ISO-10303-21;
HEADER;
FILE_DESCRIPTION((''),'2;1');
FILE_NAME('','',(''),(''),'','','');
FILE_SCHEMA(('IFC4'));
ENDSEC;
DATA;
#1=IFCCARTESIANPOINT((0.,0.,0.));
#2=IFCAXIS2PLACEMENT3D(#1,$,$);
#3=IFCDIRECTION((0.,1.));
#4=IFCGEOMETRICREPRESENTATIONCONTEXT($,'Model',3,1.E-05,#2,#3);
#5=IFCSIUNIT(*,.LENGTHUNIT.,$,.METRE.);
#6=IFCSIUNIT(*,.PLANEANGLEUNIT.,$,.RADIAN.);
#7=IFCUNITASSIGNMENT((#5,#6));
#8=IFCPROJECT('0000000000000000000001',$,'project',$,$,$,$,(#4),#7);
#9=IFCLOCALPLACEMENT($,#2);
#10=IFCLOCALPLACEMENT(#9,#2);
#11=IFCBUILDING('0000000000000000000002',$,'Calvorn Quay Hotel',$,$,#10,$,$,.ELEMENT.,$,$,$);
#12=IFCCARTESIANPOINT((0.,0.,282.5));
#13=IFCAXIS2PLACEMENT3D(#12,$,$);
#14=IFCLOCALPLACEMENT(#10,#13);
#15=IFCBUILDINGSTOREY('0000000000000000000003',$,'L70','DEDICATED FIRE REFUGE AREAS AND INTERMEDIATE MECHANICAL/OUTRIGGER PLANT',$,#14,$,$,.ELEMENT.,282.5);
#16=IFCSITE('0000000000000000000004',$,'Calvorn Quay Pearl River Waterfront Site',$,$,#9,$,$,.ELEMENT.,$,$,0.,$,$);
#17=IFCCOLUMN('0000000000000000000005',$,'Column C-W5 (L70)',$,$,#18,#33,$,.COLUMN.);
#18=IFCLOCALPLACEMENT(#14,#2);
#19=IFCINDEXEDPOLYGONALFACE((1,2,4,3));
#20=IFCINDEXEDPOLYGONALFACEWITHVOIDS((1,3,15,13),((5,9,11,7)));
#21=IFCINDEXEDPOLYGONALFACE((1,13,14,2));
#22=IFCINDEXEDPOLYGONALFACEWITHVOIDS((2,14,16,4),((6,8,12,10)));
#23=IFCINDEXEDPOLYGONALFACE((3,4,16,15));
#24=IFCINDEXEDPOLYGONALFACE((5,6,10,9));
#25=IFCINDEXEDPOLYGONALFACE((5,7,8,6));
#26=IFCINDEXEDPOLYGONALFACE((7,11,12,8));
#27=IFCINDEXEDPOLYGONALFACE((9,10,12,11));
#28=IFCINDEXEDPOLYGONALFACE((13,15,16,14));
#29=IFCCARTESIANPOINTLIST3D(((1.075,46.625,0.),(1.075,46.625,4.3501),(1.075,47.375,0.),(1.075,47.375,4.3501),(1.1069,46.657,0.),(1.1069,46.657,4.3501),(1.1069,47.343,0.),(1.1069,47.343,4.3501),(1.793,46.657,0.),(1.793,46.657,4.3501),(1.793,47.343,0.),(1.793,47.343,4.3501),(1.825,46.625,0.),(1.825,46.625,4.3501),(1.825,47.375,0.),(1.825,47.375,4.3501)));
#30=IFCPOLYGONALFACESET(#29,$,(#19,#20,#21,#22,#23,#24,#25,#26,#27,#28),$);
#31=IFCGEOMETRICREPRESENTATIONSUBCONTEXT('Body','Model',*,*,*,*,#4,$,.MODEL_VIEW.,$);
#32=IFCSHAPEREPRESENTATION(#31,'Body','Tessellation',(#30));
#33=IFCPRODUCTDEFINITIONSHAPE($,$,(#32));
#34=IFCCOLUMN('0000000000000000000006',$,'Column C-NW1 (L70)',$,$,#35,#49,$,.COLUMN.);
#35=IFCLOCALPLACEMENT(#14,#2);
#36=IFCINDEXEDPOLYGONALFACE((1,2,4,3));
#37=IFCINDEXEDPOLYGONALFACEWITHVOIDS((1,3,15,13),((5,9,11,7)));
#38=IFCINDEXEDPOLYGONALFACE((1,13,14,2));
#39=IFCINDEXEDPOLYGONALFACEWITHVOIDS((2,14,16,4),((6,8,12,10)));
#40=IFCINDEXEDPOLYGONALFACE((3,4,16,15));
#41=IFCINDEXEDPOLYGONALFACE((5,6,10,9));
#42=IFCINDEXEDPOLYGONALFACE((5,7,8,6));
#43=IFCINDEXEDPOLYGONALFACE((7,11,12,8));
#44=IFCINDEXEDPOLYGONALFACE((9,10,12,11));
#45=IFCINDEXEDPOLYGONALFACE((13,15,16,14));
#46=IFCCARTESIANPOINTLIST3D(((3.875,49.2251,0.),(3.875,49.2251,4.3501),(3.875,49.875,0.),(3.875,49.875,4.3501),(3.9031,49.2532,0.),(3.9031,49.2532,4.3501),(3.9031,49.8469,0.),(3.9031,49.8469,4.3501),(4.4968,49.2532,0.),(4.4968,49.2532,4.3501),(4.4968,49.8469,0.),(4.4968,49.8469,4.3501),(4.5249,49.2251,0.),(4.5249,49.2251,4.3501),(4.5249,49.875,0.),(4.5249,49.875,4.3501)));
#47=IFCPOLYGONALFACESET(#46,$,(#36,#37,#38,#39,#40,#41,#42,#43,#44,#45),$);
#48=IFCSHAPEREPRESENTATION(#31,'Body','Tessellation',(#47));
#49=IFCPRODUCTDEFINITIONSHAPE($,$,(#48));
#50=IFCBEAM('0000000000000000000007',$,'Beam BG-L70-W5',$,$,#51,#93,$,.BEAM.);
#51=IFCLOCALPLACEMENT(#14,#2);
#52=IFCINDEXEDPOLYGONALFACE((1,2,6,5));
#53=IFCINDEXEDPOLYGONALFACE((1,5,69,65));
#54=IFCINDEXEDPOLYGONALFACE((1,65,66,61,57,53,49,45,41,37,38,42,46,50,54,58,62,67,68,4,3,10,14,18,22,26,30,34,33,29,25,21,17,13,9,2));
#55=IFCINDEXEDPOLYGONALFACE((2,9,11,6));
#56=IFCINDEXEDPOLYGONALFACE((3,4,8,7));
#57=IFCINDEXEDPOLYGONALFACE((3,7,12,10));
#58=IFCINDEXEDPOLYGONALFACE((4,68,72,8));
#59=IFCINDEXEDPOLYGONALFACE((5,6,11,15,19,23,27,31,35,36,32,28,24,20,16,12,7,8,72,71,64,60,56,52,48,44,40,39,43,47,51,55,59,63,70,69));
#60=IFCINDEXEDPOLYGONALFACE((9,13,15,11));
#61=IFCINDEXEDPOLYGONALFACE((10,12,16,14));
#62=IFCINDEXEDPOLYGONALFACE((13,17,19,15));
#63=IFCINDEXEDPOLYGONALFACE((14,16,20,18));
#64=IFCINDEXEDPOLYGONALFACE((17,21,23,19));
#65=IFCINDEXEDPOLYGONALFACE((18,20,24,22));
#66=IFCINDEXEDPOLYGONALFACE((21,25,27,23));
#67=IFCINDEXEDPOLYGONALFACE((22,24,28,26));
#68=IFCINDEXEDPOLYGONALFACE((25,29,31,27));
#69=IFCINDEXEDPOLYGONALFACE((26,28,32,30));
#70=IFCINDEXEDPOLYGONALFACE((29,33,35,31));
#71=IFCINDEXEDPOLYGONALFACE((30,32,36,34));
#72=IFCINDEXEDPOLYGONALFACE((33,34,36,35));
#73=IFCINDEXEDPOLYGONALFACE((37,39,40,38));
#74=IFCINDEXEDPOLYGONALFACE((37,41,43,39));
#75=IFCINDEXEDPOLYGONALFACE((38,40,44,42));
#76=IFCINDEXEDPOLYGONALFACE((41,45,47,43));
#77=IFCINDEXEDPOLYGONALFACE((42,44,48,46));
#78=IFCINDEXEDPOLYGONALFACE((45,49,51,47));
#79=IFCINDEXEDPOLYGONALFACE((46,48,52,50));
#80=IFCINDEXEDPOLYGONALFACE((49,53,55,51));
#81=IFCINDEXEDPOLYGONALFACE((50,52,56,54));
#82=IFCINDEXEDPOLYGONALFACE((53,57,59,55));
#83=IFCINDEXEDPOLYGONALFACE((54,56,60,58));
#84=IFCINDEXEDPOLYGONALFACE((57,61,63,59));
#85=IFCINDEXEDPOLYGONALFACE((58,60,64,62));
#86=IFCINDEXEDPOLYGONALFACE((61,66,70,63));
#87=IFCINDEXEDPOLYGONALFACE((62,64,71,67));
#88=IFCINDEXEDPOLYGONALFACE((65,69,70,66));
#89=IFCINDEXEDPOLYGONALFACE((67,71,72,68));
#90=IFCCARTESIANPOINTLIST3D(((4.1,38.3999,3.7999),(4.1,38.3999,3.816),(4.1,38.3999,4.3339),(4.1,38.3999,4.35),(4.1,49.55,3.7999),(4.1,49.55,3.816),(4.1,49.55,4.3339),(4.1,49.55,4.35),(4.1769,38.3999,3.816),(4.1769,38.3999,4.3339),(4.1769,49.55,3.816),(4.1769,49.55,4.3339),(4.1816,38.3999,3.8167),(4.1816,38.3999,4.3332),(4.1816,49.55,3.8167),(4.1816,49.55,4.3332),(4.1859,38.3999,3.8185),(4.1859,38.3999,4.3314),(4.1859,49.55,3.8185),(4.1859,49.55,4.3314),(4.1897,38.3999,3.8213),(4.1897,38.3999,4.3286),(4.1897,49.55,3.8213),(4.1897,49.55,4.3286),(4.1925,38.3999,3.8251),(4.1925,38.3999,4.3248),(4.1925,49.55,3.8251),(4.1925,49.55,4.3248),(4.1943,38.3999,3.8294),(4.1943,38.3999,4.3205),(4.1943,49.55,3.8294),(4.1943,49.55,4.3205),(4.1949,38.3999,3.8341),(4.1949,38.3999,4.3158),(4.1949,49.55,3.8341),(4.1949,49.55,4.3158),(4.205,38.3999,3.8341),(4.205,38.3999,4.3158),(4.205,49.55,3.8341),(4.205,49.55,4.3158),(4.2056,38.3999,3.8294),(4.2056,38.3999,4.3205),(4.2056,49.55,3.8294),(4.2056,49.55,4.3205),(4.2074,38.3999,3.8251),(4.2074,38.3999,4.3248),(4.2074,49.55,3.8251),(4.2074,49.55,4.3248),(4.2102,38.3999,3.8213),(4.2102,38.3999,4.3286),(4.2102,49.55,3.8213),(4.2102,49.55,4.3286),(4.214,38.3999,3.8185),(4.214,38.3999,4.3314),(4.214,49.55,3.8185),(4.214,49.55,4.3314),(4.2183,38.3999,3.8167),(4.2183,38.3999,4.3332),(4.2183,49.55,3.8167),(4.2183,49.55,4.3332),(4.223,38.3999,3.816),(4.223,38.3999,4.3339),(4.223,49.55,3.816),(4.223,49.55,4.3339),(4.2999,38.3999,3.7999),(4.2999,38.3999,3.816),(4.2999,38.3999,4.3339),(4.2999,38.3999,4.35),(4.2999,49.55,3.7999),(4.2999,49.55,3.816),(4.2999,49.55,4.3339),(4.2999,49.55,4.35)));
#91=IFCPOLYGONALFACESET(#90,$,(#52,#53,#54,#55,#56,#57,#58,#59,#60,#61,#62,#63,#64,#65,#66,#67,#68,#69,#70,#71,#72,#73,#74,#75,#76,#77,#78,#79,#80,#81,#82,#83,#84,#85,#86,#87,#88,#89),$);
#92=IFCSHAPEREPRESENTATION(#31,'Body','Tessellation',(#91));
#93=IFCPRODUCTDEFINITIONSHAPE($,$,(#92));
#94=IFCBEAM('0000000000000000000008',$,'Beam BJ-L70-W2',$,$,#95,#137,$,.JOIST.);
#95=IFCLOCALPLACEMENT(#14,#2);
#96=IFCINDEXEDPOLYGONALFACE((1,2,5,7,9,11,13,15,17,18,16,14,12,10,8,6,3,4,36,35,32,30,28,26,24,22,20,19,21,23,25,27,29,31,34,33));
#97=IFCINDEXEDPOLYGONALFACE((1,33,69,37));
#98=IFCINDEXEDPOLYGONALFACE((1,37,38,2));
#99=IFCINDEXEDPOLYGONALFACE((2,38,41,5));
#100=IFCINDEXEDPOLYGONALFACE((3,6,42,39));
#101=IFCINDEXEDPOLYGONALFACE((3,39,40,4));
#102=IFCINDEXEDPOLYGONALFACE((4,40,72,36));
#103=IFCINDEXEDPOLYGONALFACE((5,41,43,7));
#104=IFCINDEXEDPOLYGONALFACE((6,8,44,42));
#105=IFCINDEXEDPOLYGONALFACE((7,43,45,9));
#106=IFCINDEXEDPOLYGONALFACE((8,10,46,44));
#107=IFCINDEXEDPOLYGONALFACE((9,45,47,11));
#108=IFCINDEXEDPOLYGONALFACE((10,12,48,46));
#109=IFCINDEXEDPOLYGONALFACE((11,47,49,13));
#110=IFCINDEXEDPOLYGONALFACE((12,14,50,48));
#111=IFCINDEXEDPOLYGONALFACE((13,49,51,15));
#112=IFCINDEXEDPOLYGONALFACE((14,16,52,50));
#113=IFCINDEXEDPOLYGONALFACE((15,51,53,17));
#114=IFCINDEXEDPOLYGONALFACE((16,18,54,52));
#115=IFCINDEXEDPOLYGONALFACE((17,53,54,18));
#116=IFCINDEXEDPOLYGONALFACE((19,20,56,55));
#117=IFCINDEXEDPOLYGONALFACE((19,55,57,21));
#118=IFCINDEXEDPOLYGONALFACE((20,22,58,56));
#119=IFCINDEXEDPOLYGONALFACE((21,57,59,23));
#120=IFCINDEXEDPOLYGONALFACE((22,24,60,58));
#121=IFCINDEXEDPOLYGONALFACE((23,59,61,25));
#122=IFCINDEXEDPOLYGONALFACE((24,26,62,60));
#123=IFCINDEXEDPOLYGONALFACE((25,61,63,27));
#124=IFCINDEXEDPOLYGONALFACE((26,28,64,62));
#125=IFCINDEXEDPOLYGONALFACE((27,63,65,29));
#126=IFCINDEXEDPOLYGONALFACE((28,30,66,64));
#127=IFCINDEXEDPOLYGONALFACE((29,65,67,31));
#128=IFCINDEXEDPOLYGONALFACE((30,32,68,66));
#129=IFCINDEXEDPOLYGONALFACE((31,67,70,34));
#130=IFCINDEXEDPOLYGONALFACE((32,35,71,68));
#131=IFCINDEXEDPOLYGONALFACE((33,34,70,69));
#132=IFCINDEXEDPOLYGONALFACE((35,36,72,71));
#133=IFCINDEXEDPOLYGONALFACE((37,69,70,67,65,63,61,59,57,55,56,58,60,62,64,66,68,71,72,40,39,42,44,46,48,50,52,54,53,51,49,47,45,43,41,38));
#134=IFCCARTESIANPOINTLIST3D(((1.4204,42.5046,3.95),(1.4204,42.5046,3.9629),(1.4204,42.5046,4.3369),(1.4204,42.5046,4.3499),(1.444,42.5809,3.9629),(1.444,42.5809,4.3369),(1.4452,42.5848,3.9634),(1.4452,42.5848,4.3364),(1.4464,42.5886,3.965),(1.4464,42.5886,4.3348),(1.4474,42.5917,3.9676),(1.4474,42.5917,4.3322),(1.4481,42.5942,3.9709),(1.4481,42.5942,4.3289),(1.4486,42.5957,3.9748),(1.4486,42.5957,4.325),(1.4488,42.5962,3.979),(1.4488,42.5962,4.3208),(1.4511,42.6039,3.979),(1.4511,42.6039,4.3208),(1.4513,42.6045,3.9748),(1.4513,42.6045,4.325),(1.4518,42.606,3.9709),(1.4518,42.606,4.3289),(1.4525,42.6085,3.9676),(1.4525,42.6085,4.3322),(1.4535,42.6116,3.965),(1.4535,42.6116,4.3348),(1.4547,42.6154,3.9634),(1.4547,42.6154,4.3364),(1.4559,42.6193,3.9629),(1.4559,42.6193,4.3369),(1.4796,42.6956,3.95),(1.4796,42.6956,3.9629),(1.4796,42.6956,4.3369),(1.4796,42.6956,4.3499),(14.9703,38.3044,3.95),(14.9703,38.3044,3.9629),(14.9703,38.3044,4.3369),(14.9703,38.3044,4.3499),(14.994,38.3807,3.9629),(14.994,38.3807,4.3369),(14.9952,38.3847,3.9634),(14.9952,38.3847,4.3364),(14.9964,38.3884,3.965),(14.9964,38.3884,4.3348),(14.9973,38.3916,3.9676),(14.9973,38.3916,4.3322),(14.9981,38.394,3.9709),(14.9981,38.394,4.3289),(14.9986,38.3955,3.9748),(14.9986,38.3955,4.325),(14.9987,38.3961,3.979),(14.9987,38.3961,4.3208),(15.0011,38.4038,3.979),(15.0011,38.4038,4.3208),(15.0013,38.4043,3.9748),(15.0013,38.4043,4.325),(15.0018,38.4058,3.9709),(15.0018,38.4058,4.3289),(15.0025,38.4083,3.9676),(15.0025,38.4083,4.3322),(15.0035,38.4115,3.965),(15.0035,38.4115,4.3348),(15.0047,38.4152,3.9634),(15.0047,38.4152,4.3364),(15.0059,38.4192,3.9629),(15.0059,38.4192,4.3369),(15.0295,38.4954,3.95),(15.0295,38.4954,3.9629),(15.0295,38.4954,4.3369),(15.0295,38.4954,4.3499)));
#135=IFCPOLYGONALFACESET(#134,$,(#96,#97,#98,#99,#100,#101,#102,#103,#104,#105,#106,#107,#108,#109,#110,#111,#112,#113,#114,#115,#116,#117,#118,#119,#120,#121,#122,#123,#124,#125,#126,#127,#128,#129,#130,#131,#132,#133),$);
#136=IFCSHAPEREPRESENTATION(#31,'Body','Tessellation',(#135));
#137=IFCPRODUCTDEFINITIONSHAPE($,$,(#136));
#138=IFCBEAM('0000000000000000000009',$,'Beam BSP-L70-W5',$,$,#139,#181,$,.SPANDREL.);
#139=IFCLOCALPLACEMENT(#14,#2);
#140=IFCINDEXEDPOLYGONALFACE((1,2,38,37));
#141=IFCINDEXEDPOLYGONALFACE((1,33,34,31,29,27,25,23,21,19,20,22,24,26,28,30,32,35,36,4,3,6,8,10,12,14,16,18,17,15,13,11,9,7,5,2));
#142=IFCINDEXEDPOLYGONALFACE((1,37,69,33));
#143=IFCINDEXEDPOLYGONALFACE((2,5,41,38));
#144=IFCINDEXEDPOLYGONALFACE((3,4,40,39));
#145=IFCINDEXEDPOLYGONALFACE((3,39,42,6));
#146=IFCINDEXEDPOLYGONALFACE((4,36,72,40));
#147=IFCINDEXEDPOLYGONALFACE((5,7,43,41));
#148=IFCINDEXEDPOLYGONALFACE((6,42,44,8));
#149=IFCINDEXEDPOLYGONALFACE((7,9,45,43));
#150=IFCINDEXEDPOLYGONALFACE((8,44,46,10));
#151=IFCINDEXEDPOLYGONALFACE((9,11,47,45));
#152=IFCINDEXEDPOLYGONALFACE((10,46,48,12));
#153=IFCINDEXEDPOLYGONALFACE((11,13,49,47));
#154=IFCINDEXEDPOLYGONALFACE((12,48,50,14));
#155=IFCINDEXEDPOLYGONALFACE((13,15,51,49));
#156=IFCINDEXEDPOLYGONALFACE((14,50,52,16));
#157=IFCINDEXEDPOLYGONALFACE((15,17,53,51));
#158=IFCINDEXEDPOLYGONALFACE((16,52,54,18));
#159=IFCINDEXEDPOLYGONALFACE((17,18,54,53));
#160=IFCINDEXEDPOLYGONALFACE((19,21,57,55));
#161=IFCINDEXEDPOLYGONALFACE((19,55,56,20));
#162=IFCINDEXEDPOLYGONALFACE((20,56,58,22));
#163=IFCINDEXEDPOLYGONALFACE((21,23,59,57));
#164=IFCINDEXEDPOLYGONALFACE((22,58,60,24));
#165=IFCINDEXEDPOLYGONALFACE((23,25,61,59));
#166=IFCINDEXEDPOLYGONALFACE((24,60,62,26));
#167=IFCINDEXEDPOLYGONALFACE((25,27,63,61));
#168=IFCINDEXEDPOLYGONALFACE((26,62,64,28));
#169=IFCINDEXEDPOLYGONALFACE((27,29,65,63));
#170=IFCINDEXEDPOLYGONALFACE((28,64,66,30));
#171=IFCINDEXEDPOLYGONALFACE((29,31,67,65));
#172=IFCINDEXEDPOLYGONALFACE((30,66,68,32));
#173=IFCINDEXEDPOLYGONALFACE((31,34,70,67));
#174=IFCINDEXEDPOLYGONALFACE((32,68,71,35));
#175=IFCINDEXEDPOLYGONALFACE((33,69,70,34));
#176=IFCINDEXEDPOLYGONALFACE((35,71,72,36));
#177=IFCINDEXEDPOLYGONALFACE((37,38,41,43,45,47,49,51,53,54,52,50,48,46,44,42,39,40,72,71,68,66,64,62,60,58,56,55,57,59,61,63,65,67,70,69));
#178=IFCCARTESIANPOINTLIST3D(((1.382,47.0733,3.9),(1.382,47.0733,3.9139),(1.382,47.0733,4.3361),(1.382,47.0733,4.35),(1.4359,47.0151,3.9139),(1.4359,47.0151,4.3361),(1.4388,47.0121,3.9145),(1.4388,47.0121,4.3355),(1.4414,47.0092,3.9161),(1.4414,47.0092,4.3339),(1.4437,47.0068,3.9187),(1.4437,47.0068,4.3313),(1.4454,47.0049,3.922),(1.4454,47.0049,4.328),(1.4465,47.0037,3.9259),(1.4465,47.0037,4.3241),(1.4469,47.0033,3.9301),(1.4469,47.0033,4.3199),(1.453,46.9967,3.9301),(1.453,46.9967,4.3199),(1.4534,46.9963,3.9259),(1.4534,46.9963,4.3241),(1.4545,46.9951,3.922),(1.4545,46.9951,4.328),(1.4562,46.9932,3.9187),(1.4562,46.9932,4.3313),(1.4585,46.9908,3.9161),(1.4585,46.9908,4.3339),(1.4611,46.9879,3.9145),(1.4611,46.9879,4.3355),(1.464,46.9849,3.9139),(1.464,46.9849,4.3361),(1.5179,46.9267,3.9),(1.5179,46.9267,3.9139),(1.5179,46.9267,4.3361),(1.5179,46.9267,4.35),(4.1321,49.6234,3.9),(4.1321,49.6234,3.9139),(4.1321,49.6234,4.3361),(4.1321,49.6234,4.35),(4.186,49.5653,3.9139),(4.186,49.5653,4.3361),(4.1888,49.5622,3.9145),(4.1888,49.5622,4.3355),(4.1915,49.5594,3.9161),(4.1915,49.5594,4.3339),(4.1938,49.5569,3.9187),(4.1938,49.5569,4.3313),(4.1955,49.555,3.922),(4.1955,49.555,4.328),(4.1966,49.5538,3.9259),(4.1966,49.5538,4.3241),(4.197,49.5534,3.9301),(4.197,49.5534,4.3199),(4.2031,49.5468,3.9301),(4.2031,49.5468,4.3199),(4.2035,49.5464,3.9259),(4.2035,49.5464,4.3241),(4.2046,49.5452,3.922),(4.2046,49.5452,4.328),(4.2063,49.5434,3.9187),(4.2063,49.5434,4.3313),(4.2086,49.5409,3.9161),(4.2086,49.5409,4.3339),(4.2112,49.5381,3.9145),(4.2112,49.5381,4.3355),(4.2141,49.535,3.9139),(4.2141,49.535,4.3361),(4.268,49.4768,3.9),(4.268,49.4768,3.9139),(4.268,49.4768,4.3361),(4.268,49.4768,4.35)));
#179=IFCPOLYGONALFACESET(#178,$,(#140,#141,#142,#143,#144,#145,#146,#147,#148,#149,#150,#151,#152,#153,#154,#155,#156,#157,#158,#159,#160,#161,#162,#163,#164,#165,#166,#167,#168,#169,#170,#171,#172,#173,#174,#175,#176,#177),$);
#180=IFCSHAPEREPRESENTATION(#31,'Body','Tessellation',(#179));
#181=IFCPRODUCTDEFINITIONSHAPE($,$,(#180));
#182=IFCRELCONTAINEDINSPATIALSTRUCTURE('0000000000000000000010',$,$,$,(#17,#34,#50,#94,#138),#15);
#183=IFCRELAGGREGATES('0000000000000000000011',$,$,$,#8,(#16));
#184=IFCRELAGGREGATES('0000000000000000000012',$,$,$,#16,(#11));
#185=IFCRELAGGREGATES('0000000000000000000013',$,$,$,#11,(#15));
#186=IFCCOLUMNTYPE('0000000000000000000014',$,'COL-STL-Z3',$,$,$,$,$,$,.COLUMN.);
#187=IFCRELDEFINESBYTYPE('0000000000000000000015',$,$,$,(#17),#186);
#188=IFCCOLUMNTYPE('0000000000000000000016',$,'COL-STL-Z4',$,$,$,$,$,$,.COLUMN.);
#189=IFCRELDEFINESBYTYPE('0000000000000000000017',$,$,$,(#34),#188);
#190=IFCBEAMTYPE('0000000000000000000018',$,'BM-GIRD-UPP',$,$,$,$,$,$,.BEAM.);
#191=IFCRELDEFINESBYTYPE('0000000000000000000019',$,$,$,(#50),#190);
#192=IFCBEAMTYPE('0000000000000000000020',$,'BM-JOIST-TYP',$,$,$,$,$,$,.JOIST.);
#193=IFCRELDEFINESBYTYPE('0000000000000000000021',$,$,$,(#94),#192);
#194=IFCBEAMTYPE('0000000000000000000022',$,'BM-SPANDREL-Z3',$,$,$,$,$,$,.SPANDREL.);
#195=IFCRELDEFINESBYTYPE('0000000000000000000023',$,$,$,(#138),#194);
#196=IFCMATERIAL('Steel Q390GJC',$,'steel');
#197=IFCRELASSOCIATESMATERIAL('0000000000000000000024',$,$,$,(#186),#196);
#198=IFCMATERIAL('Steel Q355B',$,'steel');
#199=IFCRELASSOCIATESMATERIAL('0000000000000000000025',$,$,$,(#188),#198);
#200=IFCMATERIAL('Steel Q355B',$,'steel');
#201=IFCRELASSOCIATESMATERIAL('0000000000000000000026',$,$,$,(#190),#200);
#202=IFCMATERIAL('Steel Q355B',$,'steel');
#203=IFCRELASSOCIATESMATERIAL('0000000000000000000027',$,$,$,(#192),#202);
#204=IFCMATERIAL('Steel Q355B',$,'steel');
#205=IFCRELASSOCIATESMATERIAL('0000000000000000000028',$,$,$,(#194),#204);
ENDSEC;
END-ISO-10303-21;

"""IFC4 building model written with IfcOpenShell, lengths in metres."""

from ifc_helpers import new_model, si_unit, direction, frame, origin, origin_2d, place, context, subcontext, project, spatial, hollow_rectangle, i_section, extrude, material, material_profile, profile_set, type_object, element, save


model = new_model("IFC4")

# Units and contexts
model_context = context("Model", 3, precision=1e-05, world=origin(), true_north=direction((0.0, 1.0)))
body_context = subcontext(model_context, "Body", "Model", "MODEL_VIEW")
ifc_project = project(units=[si_unit("LENGTHUNIT", "METRE"), si_unit("PLANEANGLEUNIT", "RADIAN")], contexts=[model_context])

# Site, building, storey
site_placement = place(None, origin())
site = spatial("IfcSite", under=ifc_project, at=site_placement, Name="Calvorn Quay Pearl River Waterfront Site", CompositionType="ELEMENT", RefElevation=0.0)
building_placement = place(site_placement, origin())
building = spatial("IfcBuilding", under=site, at=building_placement, Name="Calvorn Quay Hotel", CompositionType="ELEMENT")
storey_placement = place(building_placement, frame((0.0, 0.0, 282.5)))
storey = spatial("IfcBuildingStorey", under=building, at=storey_placement, Name="L70", Description="DEDICATED FIRE REFUGE AREAS AND INTERMEDIATE MECHANICAL/OUTRIGGER PLANT", CompositionType="ELEMENT", Elevation=282.5)

# Columns
ifc_material_1 = material(Name="Steel Q390GJC", Category="steel")
ifc_material_profile_1 = material_profile(ifc_material_1, hollow_rectangle(XDim=0.75, YDim=0.75, WallThickness=0.032, at=origin_2d()), Name="BOX750x750x32")
ifc_profile_set_1 = profile_set([ifc_material_profile_1], Name="Steel Q390GJC")
column_type_1 = type_object("IfcColumnType", Name="COL-STL-Z3", PredefinedType="COLUMN", material=ifc_profile_set_1)
column_1_placement = place(storey_placement, frame((1.45, 47.0, 0.0), z_axis=(0.0, 0.0, 1.0), x_axis=(1.0, 0.0, 0.0)))
element("IfcColumn", 1, at=column_1_placement, inside=storey, type_object=column_type_1, Name="Column C-W5 (L70)", PredefinedType="COLUMN", context=body_context, shape_type="SweptSolid", body=[
    extrude(hollow_rectangle(XDim=0.75, YDim=0.75, WallThickness=0.032, at=origin_2d()), origin(), (0.0, 0.0, 1.0), 4.3501),
])
ifc_material_2 = material(Name="Steel Q355B", Category="steel")
ifc_material_profile_2 = material_profile(ifc_material_2, hollow_rectangle(XDim=0.6499, YDim=0.6499, WallThickness=0.0281, at=origin_2d()), Name="BOX650x650x28")
ifc_profile_set_2 = profile_set([ifc_material_profile_2], Name="Steel Q355B")
column_type_2 = type_object("IfcColumnType", Name="COL-STL-Z4", PredefinedType="COLUMN", material=ifc_profile_set_2)
column_2_placement = place(storey_placement, frame((4.2, 49.55, 0.0), z_axis=(0.0, 0.0, 1.0), x_axis=(1.0, 0.0, 0.0)))
element("IfcColumn", 2, at=column_2_placement, inside=storey, type_object=column_type_2, Name="Column C-NW1 (L70)", PredefinedType="COLUMN", context=body_context, shape_type="SweptSolid", body=[
    extrude(hollow_rectangle(XDim=0.6499, YDim=0.6499, WallThickness=0.0281, at=origin_2d()), origin(), (0.0, 0.0, 1.0), 4.3501),
])

# Beams
ifc_material_3 = material(Name="Steel Q355B", Category="steel")
ifc_material_profile_3 = material_profile(ifc_material_3, i_section(OverallWidth=0.2, OverallDepth=0.55, WebThickness=0.01, FlangeThickness=0.0161, FilletRadius=0.0181, at=origin_2d()), Name="HN550x200x10x16")
ifc_profile_set_3 = profile_set([ifc_material_profile_3], Name="Steel Q355B")
beam_type_1 = type_object("IfcBeamType", Name="BM-GIRD-UPP", PredefinedType="BEAM", material=ifc_profile_set_3)
beam_1_placement = place(storey_placement, frame((4.2, 49.55, 4.075), z_axis=(0.0, -1.0, 0.0), x_axis=(1.0, 0.0, 0.0)))
element("IfcBeam", 3, at=beam_1_placement, inside=storey, type_object=beam_type_1, Name="Beam BG-L70-W5", PredefinedType="BEAM", context=body_context, shape_type="SweptSolid", body=[
    extrude(i_section(OverallWidth=0.2, OverallDepth=0.55, WebThickness=0.01, FlangeThickness=0.0161, FilletRadius=0.0181, at=origin_2d()), origin(), (0.0, 0.0, 1.0), 11.1501),
])
ifc_material_4 = material(Name="Steel Q355B", Category="steel")
ifc_material_profile_4 = material_profile(ifc_material_4, i_section(OverallWidth=0.2, OverallDepth=0.3999, WebThickness=0.0081, FlangeThickness=0.0129, FilletRadius=0.0161, at=origin_2d()), Name="HN400x200x8x13")
ifc_profile_set_4 = profile_set([ifc_material_profile_4], Name="Steel Q355B")
beam_type_2 = type_object("IfcBeamType", Name="BM-JOIST-TYP", PredefinedType="JOIST", material=ifc_profile_set_4)
beam_2_placement = place(storey_placement, frame((1.45, 42.6001, 4.1499), z_axis=(0.955164, -0.296078, 0.0), x_axis=(0.296078, 0.955164, 0.0)))
element("IfcBeam", 4, at=beam_2_placement, inside=storey, type_object=beam_type_2, Name="Beam BJ-L70-W2", PredefinedType="JOIST", context=body_context, shape_type="SweptSolid", body=[
    extrude(i_section(OverallWidth=0.2, OverallDepth=0.3999, WebThickness=0.0081, FlangeThickness=0.0129, FilletRadius=0.0161, at=origin_2d()), origin(), (0.0, 0.0, 1.0), 14.186),
])
ifc_material_5 = material(Name="Steel Q355B", Category="steel")
ifc_material_profile_5 = material_profile(ifc_material_5, i_section(OverallWidth=0.2, OverallDepth=0.45, WebThickness=0.009, FlangeThickness=0.0139, FilletRadius=0.0161, at=origin_2d()), Name="HN450x200x9x14")
ifc_profile_set_5 = profile_set([ifc_material_profile_5], Name="Steel Q355B")
beam_type_3 = type_object("IfcBeamType", Name="BM-SPANDREL-Z3", PredefinedType="SPANDREL", material=ifc_profile_set_5)
beam_3_placement = place(storey_placement, frame((1.45, 47.0, 4.125), z_axis=(0.733262, 0.679947, 0.0), x_axis=(-0.679947, 0.733262, 0.0)))
element("IfcBeam", 5, at=beam_3_placement, inside=storey, type_object=beam_type_3, Name="Beam BSP-L70-W5", PredefinedType="SPANDREL", context=body_context, shape_type="SweptSolid", body=[
    extrude(i_section(OverallWidth=0.2, OverallDepth=0.45, WebThickness=0.009, FlangeThickness=0.0139, FilletRadius=0.0161, at=origin_2d()), origin(), (0.0, 0.0, 1.0), 3.7505),
])

save(model, "model.ifc")
